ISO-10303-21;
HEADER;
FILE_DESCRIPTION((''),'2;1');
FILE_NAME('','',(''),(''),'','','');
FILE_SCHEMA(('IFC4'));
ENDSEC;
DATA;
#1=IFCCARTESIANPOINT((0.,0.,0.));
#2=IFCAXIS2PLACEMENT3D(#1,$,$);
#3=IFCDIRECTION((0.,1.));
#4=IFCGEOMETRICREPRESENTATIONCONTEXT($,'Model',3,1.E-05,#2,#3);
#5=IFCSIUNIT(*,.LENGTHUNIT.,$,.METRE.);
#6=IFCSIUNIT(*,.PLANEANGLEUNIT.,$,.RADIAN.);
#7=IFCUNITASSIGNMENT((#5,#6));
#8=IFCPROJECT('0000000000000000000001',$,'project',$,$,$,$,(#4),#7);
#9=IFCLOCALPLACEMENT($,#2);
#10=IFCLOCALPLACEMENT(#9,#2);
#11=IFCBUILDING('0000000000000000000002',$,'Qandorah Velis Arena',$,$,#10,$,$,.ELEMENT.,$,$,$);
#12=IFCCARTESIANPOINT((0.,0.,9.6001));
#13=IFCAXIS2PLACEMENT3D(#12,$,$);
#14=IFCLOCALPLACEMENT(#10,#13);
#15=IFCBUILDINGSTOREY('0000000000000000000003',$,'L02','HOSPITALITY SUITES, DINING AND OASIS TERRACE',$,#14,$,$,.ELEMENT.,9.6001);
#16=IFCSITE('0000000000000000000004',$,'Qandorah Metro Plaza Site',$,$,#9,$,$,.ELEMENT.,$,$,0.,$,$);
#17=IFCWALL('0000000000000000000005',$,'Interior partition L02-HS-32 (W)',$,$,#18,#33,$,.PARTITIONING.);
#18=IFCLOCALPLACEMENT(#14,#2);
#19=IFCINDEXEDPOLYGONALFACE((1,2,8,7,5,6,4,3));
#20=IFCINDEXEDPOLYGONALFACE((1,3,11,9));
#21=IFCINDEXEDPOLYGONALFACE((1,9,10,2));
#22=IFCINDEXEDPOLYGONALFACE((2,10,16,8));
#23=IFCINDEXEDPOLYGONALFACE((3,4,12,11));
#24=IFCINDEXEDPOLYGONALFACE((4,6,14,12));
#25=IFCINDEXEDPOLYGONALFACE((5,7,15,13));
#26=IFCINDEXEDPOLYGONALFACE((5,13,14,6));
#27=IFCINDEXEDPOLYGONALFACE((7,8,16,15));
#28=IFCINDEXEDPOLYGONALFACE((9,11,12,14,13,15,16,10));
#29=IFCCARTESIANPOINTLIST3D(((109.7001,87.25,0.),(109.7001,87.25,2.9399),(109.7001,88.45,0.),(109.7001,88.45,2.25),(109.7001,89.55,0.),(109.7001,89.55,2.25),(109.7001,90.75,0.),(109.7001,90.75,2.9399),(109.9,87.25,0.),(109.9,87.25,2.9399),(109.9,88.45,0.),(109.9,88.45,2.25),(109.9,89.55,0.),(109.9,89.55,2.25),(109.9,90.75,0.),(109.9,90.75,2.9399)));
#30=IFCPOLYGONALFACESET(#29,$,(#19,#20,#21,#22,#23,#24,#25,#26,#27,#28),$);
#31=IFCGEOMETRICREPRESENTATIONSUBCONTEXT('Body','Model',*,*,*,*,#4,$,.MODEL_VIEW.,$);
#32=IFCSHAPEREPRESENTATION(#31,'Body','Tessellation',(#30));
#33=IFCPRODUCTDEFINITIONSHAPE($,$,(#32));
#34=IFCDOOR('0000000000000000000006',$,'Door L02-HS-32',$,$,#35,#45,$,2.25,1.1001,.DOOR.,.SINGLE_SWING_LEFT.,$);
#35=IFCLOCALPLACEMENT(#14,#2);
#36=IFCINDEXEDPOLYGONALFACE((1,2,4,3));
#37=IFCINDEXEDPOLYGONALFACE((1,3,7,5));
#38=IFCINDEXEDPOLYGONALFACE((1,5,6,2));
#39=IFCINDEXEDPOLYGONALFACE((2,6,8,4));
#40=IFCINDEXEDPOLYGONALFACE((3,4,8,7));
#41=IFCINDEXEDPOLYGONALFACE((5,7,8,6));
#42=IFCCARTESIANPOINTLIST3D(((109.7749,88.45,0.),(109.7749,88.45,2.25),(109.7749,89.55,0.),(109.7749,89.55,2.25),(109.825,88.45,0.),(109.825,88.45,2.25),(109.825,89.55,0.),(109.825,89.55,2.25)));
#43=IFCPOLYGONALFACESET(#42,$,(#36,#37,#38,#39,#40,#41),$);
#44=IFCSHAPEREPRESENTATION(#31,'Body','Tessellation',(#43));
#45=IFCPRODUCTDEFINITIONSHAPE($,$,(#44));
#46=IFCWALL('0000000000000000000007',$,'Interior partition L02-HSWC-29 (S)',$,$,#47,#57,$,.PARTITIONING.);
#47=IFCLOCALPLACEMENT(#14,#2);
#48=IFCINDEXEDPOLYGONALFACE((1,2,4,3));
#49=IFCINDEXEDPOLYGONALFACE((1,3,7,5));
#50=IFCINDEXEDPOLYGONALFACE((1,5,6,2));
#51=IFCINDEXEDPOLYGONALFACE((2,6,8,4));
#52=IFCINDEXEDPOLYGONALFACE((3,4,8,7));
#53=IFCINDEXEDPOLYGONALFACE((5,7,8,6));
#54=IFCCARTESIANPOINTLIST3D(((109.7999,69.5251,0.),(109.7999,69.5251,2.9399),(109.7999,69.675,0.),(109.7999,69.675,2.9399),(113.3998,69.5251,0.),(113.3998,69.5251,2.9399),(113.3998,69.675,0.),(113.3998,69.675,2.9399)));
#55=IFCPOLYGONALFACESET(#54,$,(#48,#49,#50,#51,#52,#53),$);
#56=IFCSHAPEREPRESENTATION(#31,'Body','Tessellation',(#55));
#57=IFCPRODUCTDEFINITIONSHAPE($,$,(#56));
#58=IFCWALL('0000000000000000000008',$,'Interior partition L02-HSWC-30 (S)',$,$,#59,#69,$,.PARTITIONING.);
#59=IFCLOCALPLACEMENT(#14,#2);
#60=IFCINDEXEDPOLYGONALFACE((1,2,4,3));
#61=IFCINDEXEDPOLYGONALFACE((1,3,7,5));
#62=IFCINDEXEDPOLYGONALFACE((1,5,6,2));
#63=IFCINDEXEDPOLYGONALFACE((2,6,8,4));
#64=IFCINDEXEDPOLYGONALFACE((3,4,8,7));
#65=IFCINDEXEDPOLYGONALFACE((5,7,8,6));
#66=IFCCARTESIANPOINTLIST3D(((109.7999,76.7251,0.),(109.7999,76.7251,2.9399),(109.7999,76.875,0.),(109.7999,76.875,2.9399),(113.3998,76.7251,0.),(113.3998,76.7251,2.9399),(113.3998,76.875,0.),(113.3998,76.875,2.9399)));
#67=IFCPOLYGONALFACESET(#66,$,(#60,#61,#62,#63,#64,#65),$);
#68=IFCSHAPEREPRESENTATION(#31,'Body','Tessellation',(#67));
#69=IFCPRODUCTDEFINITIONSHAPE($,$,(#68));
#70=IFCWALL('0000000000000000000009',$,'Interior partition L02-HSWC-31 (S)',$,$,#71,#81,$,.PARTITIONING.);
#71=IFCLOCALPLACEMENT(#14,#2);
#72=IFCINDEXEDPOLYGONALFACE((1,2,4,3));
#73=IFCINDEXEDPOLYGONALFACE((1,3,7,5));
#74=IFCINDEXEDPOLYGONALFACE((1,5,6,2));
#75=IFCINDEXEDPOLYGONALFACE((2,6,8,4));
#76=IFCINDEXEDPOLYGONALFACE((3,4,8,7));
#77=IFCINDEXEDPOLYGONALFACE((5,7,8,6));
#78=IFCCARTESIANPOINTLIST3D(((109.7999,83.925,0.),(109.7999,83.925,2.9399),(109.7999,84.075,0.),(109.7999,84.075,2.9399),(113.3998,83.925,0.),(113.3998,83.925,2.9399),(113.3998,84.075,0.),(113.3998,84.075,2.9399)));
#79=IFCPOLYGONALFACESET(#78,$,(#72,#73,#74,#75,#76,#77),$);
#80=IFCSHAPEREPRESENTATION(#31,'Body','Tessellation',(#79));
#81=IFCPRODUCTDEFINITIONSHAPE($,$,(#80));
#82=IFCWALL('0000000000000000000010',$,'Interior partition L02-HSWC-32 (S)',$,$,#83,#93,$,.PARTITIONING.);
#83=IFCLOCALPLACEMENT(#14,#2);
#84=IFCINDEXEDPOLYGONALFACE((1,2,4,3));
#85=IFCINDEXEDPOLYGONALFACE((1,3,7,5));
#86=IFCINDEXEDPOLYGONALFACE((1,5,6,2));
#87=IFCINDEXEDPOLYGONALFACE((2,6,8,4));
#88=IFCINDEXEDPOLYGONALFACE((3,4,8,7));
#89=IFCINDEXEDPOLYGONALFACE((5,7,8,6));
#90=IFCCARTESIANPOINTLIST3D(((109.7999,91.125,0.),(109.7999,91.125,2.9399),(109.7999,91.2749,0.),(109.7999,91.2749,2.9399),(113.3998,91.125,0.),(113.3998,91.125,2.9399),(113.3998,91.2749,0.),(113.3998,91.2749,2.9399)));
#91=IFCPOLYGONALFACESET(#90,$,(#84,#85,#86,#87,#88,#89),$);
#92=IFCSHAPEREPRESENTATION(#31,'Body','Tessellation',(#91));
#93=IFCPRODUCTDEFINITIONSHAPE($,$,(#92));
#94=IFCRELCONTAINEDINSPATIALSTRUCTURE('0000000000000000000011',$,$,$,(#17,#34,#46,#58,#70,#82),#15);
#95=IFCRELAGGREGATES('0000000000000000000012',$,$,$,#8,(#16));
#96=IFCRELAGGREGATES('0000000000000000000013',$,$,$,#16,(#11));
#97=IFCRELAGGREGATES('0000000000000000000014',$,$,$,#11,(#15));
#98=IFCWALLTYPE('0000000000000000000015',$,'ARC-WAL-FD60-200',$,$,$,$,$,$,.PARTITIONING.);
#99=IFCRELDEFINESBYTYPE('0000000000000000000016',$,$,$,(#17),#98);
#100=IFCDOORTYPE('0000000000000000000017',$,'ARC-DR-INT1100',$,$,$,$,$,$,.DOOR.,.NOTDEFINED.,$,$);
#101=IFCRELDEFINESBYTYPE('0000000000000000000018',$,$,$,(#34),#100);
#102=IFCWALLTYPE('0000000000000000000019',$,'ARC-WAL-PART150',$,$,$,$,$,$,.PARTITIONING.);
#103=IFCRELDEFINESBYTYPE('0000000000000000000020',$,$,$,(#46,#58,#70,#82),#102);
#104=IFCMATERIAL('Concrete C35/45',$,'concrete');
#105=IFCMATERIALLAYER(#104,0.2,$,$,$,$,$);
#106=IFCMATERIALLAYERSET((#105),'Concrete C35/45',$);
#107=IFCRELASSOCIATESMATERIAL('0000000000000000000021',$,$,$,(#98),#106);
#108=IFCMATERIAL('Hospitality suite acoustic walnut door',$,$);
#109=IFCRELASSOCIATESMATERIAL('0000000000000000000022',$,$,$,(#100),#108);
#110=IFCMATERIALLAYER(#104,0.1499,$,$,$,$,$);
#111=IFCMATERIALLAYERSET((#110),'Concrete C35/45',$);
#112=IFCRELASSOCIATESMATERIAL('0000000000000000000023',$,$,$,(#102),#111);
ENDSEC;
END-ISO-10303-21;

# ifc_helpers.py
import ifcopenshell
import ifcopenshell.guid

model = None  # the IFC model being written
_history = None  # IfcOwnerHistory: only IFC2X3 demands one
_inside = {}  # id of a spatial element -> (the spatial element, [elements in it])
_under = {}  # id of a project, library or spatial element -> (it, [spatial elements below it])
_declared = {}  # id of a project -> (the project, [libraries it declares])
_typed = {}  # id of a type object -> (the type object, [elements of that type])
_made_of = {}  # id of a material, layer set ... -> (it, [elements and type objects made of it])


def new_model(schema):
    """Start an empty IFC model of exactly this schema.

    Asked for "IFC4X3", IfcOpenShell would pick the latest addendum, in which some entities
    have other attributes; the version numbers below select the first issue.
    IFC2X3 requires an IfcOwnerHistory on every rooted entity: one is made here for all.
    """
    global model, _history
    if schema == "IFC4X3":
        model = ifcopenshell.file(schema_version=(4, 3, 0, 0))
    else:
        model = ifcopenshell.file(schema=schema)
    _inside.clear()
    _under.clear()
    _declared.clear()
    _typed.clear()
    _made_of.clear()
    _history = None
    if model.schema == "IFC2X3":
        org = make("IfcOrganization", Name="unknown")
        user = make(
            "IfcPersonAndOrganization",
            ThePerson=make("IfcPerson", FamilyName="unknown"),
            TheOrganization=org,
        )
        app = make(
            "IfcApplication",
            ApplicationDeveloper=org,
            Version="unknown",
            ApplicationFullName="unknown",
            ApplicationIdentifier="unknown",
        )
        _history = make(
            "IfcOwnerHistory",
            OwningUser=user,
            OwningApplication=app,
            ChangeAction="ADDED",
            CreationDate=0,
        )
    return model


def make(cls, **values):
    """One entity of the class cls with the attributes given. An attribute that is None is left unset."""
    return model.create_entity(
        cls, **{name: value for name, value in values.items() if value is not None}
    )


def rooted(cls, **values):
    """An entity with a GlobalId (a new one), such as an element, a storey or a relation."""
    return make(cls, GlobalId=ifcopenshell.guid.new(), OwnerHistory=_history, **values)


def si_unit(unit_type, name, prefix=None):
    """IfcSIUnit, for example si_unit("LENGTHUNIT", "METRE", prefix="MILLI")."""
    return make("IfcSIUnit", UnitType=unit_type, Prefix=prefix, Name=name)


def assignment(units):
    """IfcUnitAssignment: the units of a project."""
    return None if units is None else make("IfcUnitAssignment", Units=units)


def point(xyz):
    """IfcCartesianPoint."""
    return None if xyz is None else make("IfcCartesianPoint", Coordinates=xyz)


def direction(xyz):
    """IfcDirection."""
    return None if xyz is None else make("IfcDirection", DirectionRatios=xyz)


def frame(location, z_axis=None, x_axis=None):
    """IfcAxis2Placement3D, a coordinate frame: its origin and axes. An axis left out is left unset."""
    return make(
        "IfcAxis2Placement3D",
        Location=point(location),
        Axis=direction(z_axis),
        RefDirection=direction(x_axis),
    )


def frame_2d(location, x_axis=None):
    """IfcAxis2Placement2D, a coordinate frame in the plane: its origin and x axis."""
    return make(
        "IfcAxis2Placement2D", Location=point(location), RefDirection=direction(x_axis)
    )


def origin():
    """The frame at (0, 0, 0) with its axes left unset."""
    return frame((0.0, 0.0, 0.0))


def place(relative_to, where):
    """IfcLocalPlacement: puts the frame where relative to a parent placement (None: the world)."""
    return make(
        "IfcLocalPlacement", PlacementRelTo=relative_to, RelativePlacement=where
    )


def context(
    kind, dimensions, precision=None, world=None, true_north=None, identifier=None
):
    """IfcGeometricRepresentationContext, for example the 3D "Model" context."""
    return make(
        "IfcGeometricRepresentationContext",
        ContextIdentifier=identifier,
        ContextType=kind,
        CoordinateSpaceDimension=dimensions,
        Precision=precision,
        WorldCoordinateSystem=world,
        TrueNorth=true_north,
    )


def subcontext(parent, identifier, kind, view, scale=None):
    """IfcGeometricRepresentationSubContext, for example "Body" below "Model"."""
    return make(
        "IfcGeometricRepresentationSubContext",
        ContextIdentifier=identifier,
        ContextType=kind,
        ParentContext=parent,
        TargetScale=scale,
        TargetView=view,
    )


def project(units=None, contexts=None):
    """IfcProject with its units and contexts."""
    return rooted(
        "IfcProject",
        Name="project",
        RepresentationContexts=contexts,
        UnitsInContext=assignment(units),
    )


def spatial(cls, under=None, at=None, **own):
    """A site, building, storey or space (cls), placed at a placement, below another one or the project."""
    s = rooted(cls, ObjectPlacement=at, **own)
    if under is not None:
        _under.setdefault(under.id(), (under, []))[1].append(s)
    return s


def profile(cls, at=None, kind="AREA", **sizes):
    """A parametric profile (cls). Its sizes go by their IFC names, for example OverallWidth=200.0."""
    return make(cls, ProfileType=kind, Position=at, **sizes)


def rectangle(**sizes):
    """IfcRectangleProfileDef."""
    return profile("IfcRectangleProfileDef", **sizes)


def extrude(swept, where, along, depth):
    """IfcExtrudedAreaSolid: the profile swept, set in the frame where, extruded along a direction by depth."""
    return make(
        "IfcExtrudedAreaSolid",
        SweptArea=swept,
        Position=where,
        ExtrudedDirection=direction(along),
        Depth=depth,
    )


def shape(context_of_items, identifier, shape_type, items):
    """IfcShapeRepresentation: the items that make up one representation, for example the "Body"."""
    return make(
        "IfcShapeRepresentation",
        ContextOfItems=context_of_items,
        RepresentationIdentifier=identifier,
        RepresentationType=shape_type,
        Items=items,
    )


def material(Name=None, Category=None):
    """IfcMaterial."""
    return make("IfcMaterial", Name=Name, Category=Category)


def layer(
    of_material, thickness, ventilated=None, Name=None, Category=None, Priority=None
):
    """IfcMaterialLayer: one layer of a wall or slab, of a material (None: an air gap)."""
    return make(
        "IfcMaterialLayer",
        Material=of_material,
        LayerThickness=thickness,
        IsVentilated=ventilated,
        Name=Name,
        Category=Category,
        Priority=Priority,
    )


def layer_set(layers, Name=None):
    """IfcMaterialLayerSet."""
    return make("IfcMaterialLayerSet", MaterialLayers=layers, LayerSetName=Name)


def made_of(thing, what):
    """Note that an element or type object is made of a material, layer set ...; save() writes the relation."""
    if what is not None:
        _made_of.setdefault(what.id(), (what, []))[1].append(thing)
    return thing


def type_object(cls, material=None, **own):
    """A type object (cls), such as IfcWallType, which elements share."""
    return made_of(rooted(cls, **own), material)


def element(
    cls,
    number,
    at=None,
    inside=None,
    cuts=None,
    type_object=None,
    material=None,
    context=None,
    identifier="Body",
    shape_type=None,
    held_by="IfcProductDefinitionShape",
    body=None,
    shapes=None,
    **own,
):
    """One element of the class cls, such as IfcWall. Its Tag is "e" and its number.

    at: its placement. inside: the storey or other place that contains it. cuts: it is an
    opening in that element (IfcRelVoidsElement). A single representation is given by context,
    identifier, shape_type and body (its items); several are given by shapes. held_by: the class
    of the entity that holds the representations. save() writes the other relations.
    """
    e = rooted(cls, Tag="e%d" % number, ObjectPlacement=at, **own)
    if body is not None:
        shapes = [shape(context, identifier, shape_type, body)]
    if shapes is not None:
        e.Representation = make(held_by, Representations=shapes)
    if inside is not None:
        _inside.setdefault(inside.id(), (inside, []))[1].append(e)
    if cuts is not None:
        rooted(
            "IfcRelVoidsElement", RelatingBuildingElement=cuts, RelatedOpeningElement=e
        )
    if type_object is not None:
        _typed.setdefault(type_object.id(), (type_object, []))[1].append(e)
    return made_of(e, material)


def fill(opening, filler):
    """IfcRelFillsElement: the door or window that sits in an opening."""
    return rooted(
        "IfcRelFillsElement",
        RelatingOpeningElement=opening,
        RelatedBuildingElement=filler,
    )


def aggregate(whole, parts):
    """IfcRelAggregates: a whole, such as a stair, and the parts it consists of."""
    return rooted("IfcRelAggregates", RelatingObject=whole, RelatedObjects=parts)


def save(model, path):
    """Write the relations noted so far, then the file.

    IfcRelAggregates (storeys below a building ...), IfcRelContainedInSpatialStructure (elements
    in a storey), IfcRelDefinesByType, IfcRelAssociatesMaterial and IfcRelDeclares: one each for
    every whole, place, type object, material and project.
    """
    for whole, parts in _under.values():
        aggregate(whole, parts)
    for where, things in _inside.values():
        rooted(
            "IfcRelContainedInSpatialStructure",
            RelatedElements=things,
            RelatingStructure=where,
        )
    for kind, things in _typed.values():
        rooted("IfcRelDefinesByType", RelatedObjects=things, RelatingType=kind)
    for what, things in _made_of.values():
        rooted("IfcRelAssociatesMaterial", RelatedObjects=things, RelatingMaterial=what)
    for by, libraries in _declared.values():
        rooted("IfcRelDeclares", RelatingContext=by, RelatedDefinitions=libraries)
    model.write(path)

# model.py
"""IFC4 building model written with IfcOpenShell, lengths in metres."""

from ifc_helpers import new_model, si_unit, direction, frame, frame_2d, origin, place, context, subcontext, project, spatial, rectangle, extrude, material, layer, layer_set, type_object, element, fill, save


model = new_model("IFC4")

# Units and contexts
model_context = context("Model", 3, precision=1e-05, world=origin(), true_north=direction((0.0, 1.0)))
body_context = subcontext(model_context, "Body", "Model", "MODEL_VIEW")
ifc_project = project(units=[si_unit("LENGTHUNIT", "METRE"), si_unit("PLANEANGLEUNIT", "RADIAN")], contexts=[model_context])

# Site, building, storey
site_placement = place(None, origin())
site = spatial("IfcSite", under=ifc_project, at=site_placement, Name="Qandorah Metro Plaza Site", CompositionType="ELEMENT", RefElevation=0.0)
building_placement = place(site_placement, origin())
building = spatial("IfcBuilding", under=site, at=building_placement, Name="Qandorah Velis Arena", CompositionType="ELEMENT")
storey_placement = place(building_placement, frame((0.0, 0.0, 9.6001)))
storey = spatial("IfcBuildingStorey", under=building, at=storey_placement, Name="L02", Description="HOSPITALITY SUITES, DINING AND OASIS TERRACE", CompositionType="ELEMENT", Elevation=9.6001)

# Shared definitions
ifc_material_1 = material(Name="Concrete C35/45", Category="concrete")
ifc_layer_1 = layer(ifc_material_1, 0.2)
ifc_layer_set_1 = layer_set([ifc_layer_1], Name="Concrete C35/45")
wall_type_1 = type_object("IfcWallType", Name="ARC-WAL-FD60-200", PredefinedType="PARTITIONING", material=ifc_layer_set_1)
ifc_material_2 = material(Name="Hospitality suite acoustic walnut door")
door_type_1 = type_object("IfcDoorType", Name="ARC-DR-INT1100", OperationType="NOTDEFINED", PredefinedType="DOOR", material=ifc_material_2)

# Wall, opening, door
wall_1_placement = place(storey_placement, frame((109.8, 90.75, 0.0), z_axis=(0.0, 0.0, 1.0), x_axis=(0.0, -1.0, 0.0)))
wall_1 = element("IfcWall", 1, at=wall_1_placement, inside=storey, type_object=wall_type_1, Name="Interior partition L02-HS-32 (W)", PredefinedType="PARTITIONING", context=body_context, shape_type="SweptSolid", body=[
    extrude(rectangle(XDim=3.5, YDim=0.2, at=frame_2d((1.75, 0.0))), origin(), (0.0, 0.0, 1.0), 2.9399),
])
opening_1_placement = place(wall_1_placement, frame((1.2, 0.0, 0.0)))
opening_1 = element("IfcOpeningElement", 2, at=opening_1_placement, cuts=wall_1, PredefinedType="OPENING", context=body_context, shape_type="SweptSolid", body=[
    extrude(rectangle(XDim=1.1001, YDim=2.25, at=frame_2d((0.55, 1.125))), frame((0.0, 0.1099, 0.0), z_axis=(0.0, -1.0, 0.0), x_axis=(1.0, 0.0, 0.0)), (0.0, 0.0, 1.0), 0.22),
])
door_1_placement = place(opening_1_placement, origin())
door_1 = element("IfcDoor", 3, at=door_1_placement, inside=storey, type_object=door_type_1, Name="Door L02-HS-32", OperationType="SINGLE_SWING_LEFT", OverallHeight=2.25, OverallWidth=1.1001, PredefinedType="DOOR", context=body_context, shape_type="SweptSolid", body=[
    extrude(rectangle(XDim=1.1001, YDim=2.25, at=frame_2d((0.55, 1.125))), frame((0.0, 0.0249, 0.0), z_axis=(0.0, -1.0, 0.0), x_axis=(1.0, 0.0, 0.0)), (0.0, 0.0, 1.0), 0.05),
])
fill(opening_1, door_1)

# Wall
ifc_layer_2 = layer(ifc_material_1, 0.1499)
ifc_layer_set_2 = layer_set([ifc_layer_2], Name="Concrete C35/45")
wall_type_2 = type_object("IfcWallType", Name="ARC-WAL-PART150", PredefinedType="PARTITIONING", material=ifc_layer_set_2)
wall_2_placement = place(storey_placement, frame((109.8, 69.6001, 0.0), z_axis=(0.0, 0.0, 1.0), x_axis=(1.0, 0.0, 0.0)))
element("IfcWall", 4, at=wall_2_placement, inside=storey, type_object=wall_type_2, Name="Interior partition L02-HSWC-29 (S)", PredefinedType="PARTITIONING", context=body_context, shape_type="SweptSolid", body=[
    extrude(rectangle(XDim=3.5999, YDim=0.1499, at=frame_2d((1.7998, 0.0))), origin(), (0.0, 0.0, 1.0), 2.9399),
])

# Wall
wall_3_placement = place(storey_placement, frame((109.8, 76.8, 0.0), z_axis=(0.0, 0.0, 1.0), x_axis=(1.0, 0.0, 0.0)))
element("IfcWall", 5, at=wall_3_placement, inside=storey, type_object=wall_type_2, Name="Interior partition L02-HSWC-30 (S)", PredefinedType="PARTITIONING", context=body_context, shape_type="SweptSolid", body=[
    extrude(rectangle(XDim=3.5999, YDim=0.1499, at=frame_2d((1.7998, 0.0))), origin(), (0.0, 0.0, 1.0), 2.9399),
])

# Wall
wall_4_placement = place(storey_placement, frame((109.8, 84.0, 0.0), z_axis=(0.0, 0.0, 1.0), x_axis=(1.0, 0.0, 0.0)))
element("IfcWall", 6, at=wall_4_placement, inside=storey, type_object=wall_type_2, Name="Interior partition L02-HSWC-31 (S)", PredefinedType="PARTITIONING", context=body_context, shape_type="SweptSolid", body=[
    extrude(rectangle(XDim=3.5999, YDim=0.1499, at=frame_2d((1.7998, 0.0))), origin(), (0.0, 0.0, 1.0), 2.9399),
])

# Wall
wall_5_placement = place(storey_placement, frame((109.8, 91.2, 0.0), z_axis=(0.0, 0.0, 1.0), x_axis=(1.0, 0.0, 0.0)))
element("IfcWall", 7, at=wall_5_placement, inside=storey, type_object=wall_type_2, Name="Interior partition L02-HSWC-32 (S)", PredefinedType="PARTITIONING", context=body_context, shape_type="SweptSolid", body=[
    extrude(rectangle(XDim=3.5999, YDim=0.1499, at=frame_2d((1.7998, 0.0))), origin(), (0.0, 0.0, 1.0), 2.9399),
])

save(model, "model.ifc")
